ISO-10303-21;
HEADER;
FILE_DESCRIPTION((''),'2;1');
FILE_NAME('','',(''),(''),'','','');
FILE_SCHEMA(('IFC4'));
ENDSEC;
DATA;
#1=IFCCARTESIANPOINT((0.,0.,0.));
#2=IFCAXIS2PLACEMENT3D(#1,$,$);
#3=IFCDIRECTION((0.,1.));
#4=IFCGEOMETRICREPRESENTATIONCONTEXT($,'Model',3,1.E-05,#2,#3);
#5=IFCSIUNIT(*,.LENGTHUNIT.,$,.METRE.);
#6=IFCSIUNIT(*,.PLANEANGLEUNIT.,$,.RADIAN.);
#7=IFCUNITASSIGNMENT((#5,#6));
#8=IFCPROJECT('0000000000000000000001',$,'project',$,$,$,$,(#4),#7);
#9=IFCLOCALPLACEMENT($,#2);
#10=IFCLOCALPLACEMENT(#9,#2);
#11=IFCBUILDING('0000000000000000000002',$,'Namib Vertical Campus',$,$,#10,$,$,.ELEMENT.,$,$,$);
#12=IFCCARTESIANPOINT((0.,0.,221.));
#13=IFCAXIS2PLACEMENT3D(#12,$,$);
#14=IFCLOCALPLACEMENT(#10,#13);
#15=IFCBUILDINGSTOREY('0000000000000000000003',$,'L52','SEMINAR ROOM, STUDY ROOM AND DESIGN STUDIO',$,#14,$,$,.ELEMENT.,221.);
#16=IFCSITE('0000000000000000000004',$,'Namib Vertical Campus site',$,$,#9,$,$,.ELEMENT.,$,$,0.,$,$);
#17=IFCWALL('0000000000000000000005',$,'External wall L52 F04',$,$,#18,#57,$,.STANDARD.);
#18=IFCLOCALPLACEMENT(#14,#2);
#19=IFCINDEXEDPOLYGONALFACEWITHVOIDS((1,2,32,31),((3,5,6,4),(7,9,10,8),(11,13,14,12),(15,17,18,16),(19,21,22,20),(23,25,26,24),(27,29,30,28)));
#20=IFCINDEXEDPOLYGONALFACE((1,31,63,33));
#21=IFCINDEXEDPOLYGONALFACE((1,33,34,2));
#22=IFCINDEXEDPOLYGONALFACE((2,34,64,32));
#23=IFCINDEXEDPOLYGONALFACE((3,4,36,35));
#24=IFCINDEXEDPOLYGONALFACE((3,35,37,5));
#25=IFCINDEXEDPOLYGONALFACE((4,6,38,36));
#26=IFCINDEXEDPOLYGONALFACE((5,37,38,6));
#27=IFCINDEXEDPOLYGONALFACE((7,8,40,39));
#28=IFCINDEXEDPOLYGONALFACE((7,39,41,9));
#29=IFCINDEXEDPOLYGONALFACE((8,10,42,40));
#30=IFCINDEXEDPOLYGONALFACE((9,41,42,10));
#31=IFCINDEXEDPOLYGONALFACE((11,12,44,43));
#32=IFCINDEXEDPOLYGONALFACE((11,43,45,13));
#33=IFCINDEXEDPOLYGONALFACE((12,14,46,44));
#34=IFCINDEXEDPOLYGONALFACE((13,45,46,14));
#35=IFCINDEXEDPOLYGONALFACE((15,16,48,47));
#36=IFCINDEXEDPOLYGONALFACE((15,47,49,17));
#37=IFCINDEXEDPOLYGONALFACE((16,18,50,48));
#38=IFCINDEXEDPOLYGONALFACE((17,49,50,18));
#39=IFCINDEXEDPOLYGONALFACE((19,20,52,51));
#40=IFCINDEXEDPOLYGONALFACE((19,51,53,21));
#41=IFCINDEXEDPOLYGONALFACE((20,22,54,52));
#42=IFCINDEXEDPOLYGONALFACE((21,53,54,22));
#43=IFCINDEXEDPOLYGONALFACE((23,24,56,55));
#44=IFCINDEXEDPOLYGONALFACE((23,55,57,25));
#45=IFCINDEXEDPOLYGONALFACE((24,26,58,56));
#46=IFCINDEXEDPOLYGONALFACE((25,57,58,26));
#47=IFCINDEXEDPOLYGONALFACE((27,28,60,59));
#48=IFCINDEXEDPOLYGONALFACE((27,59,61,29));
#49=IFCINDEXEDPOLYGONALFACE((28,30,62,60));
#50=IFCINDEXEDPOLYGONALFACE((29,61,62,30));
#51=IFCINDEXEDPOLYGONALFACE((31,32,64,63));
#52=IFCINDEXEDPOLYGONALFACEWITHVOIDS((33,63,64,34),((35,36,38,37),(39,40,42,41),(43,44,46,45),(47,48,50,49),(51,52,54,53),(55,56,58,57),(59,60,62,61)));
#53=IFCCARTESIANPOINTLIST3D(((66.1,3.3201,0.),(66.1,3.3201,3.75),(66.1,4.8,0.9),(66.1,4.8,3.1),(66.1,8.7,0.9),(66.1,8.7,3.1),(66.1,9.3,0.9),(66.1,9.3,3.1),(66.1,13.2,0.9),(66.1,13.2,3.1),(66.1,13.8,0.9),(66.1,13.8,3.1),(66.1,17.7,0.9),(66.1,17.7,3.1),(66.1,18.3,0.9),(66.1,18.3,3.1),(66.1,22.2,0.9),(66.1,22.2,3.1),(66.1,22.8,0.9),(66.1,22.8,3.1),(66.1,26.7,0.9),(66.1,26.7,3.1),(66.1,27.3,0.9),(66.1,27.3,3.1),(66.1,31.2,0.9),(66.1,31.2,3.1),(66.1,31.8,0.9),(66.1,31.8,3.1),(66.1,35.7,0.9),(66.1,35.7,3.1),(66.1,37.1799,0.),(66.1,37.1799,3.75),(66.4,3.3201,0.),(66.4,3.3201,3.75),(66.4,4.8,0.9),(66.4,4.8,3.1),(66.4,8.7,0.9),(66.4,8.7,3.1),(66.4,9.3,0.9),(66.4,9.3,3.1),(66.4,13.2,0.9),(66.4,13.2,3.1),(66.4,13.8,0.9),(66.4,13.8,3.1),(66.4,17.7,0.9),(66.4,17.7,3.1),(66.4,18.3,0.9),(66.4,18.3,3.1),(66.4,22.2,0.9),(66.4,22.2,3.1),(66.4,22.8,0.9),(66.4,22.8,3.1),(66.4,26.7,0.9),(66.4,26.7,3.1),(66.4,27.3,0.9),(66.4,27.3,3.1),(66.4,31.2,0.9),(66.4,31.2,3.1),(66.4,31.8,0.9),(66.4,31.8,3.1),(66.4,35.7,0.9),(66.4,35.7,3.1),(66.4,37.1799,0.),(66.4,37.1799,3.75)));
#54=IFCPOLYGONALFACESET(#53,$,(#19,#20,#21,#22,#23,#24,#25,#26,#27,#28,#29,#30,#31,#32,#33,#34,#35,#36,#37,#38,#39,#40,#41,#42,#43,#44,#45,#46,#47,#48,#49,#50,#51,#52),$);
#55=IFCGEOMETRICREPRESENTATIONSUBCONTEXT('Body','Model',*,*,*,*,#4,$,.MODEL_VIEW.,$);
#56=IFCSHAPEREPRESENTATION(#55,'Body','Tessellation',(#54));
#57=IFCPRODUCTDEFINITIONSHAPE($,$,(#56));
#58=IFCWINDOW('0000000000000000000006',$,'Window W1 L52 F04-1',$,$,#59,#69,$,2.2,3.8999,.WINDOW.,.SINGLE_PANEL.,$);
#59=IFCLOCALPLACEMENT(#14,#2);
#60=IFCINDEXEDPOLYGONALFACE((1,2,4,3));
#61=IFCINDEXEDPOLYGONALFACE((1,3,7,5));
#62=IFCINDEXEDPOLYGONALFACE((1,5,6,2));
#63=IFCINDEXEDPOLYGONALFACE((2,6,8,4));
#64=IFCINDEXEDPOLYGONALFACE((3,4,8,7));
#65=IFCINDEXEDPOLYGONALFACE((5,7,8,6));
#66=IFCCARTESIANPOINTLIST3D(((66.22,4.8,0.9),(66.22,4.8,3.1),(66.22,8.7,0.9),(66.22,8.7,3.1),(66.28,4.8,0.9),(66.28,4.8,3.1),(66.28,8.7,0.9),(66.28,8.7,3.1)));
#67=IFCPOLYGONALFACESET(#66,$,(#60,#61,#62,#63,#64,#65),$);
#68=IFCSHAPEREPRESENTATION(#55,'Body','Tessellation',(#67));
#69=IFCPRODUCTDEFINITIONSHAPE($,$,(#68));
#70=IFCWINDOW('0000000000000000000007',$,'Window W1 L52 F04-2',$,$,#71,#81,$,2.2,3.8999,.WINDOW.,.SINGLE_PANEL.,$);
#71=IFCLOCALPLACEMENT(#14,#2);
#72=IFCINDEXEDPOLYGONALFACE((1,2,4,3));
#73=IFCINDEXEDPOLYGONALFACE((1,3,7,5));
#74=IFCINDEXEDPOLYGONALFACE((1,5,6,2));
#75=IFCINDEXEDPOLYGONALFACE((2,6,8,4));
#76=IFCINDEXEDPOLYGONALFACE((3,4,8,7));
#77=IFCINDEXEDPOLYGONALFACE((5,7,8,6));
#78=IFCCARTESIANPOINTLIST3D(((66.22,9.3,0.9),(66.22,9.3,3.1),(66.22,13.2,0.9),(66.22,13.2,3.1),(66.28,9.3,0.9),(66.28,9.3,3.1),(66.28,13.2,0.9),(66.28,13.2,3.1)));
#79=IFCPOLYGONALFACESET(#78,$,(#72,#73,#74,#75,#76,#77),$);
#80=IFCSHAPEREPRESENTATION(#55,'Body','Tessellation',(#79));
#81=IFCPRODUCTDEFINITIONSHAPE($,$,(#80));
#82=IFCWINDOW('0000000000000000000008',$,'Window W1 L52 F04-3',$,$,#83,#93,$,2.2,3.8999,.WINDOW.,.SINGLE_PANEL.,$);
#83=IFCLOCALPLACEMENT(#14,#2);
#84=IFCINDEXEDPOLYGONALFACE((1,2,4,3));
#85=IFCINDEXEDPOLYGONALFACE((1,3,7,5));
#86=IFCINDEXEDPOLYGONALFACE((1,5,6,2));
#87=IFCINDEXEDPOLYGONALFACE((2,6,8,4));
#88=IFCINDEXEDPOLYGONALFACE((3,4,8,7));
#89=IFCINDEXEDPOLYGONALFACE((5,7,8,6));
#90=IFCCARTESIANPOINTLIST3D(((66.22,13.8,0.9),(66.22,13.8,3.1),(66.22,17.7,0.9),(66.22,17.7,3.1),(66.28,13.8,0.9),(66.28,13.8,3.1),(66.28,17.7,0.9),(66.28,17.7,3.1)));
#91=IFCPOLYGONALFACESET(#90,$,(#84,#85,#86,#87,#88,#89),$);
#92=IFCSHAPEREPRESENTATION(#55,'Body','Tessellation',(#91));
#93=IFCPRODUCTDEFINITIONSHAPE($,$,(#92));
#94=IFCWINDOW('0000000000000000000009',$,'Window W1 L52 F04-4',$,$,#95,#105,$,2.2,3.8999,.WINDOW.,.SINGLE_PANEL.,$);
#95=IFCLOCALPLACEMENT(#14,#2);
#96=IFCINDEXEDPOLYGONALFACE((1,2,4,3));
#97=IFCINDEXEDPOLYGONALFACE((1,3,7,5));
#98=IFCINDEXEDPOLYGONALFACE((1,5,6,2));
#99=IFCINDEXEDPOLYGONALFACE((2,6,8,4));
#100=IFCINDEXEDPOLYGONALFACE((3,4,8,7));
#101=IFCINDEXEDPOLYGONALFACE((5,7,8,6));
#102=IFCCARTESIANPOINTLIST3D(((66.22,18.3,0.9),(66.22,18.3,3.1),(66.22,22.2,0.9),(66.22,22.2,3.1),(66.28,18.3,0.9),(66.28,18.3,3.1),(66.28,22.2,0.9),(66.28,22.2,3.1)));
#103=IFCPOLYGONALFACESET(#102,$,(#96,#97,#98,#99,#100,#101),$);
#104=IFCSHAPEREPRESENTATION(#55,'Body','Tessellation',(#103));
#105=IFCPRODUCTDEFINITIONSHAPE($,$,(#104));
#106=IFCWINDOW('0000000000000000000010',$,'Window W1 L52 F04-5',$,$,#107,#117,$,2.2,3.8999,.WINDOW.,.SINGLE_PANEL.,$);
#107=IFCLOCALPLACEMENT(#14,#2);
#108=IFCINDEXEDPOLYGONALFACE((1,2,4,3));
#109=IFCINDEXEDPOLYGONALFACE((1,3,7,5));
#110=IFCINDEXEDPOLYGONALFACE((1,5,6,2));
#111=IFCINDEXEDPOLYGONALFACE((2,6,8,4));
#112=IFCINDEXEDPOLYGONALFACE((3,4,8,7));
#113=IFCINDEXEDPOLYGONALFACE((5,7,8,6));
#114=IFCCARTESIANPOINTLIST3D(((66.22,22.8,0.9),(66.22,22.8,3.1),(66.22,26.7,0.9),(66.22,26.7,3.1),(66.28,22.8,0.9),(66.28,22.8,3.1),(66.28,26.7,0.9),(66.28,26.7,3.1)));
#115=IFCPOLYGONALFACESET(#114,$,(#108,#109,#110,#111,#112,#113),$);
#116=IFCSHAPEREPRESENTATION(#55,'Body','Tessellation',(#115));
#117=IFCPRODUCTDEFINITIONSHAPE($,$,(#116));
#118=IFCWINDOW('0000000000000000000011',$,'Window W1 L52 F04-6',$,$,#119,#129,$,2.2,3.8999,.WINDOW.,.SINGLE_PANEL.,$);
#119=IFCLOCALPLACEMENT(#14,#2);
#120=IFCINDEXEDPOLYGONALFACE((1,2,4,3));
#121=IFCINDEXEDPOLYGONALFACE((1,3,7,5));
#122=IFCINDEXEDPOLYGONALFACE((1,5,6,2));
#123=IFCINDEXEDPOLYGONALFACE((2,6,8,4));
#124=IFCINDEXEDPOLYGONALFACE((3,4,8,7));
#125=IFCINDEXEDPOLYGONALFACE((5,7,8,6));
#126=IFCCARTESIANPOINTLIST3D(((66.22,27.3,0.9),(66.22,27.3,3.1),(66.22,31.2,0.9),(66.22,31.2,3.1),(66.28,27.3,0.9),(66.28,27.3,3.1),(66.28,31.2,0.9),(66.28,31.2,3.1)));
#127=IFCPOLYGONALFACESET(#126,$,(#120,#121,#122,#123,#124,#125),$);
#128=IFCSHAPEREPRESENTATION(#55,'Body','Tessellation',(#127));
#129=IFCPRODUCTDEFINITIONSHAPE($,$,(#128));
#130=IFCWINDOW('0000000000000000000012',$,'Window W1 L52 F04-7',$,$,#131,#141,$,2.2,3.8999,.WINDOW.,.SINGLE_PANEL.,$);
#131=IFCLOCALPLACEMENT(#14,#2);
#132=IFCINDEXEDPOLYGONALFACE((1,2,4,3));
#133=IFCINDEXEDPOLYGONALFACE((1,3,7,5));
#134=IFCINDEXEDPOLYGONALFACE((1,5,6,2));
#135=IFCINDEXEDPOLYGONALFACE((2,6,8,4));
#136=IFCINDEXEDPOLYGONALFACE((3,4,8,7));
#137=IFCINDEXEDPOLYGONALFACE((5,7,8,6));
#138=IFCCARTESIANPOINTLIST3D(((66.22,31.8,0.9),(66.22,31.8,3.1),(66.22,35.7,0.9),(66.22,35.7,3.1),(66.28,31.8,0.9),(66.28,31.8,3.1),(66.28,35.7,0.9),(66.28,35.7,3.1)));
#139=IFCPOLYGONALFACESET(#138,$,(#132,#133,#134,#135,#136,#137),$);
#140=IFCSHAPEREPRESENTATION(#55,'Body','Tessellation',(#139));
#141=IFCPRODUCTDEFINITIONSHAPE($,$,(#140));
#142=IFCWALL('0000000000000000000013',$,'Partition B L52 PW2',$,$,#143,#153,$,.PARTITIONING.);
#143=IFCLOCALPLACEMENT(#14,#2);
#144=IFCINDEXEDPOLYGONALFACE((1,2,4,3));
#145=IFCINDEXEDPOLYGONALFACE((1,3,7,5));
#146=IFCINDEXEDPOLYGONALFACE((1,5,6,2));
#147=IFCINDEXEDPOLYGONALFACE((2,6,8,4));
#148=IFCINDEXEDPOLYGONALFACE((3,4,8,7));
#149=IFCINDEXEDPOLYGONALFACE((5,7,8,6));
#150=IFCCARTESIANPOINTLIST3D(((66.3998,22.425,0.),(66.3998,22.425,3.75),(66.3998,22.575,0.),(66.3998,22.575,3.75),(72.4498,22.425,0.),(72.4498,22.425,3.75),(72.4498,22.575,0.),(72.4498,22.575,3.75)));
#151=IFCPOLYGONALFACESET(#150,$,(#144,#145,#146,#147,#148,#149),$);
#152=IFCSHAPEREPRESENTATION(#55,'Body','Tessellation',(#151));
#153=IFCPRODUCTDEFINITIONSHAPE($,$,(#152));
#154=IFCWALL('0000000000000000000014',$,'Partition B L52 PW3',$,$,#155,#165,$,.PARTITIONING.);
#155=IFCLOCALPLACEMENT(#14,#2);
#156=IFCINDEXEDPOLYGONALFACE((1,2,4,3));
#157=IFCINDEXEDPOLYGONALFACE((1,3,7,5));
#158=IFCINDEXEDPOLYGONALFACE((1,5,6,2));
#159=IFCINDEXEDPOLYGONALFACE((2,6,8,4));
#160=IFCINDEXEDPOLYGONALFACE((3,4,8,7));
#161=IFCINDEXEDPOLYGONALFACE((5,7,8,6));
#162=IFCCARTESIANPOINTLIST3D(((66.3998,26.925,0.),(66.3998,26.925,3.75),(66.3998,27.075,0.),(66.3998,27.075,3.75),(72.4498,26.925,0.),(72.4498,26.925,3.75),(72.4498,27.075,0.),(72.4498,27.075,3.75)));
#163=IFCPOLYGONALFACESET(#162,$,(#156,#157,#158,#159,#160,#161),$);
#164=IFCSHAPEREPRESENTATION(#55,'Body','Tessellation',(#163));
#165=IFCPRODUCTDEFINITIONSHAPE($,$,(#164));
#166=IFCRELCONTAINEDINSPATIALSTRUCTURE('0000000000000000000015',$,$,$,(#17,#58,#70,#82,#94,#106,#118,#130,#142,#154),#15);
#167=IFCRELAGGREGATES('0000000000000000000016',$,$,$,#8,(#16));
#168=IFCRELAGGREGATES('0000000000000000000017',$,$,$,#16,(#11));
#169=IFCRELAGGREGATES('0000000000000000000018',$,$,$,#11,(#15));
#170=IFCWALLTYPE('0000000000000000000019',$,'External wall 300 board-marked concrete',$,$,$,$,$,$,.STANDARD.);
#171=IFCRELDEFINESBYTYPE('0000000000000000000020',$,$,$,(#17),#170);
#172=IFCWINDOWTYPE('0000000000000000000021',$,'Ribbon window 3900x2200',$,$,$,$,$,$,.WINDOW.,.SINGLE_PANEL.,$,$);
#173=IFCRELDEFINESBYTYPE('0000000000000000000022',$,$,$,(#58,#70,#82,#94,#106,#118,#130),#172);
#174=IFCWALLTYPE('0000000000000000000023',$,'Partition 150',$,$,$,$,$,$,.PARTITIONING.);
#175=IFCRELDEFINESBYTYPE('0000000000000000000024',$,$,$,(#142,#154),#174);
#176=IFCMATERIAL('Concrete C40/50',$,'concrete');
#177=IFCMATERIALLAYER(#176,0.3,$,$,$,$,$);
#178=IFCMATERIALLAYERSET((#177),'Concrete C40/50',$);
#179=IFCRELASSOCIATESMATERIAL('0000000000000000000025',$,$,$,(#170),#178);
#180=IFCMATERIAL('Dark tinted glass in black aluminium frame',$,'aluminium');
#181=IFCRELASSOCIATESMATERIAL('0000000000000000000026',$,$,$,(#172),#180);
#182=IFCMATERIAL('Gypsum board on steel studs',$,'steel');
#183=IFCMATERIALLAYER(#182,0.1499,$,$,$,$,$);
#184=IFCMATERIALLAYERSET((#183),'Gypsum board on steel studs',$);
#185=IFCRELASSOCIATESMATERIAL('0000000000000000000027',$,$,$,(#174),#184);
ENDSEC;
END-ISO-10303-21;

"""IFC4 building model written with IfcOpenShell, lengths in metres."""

from ifc_helpers import new_model, si_unit, direction, frame, frame_2d, origin, place, context, subcontext, project, spatial, rectangle, extrude, material, layer, layer_set, type_object, element, fill, save


model = new_model("IFC4")

# Units and contexts
model_context = context("Model", 3, precision=1e-05, world=origin(), true_north=direction((0.0, 1.0)))
body_context = subcontext(model_context, "Body", "Model", "MODEL_VIEW")
ifc_project = project(units=[si_unit("LENGTHUNIT", "METRE"), si_unit("PLANEANGLEUNIT", "RADIAN")], contexts=[model_context])

# Site, building, storey
site_placement = place(None, origin())
site = spatial("IfcSite", under=ifc_project, at=site_placement, Name="Namib Vertical Campus site", CompositionType="ELEMENT", RefElevation=0.0)
building_placement = place(site_placement, origin())
building = spatial("IfcBuilding", under=site, at=building_placement, Name="Namib Vertical Campus", CompositionType="ELEMENT")
storey_placement = place(building_placement, frame((0.0, 0.0, 221.0)))
storey = spatial("IfcBuildingStorey", under=building, at=storey_placement, Name="L52", Description="SEMINAR ROOM, STUDY ROOM AND DESIGN STUDIO", CompositionType="ELEMENT", Elevation=221.0)

# Shared definitions
ifc_material_1 = material(Name="Concrete C40/50", Category="concrete")
ifc_layer_1 = layer(ifc_material_1, 0.3)
ifc_layer_set_1 = layer_set([ifc_layer_1], Name="Concrete C40/50")
wall_type_1 = type_object("IfcWallType", Name="External wall 300 board-marked concrete", PredefinedType="STANDARD", material=ifc_layer_set_1)

# Wall, openings, windows
wall_1_placement = place(storey_placement, frame((66.25, 37.1799, 0.0), z_axis=(0.0, 0.0, 1.0), x_axis=(0.0, -1.0, 0.0)))
wall_1 = element("IfcWall", 1, at=wall_1_placement, inside=storey, type_object=wall_type_1, Name="External wall L52 F04", PredefinedType="STANDARD", context=body_context, shape_type="SweptSolid", body=[
    extrude(rectangle(XDim=33.8599, YDim=0.3, at=frame_2d((16.9299, 0.0))), origin(), (0.0, 0.0, 1.0), 3.75),
])
opening_1_placement = place(wall_1_placement, frame((28.48, 0.0, 0.8999)))
opening_1 = element("IfcOpeningElement", 2, at=opening_1_placement, cuts=wall_1, PredefinedType="OPENING", context=body_context, shape_type="SweptSolid", body=[
    extrude(rectangle(XDim=3.8999, YDim=2.2, at=frame_2d((1.95, 1.1001))), frame((0.0, 0.1599, 0.0), z_axis=(0.0, -1.0, 0.0), x_axis=(1.0, 0.0, 0.0)), (0.0, 0.0, 1.0), 0.3201),
])
opening_2_placement = place(wall_1_placement, frame((23.98, 0.0, 0.8999)))
opening_2 = element("IfcOpeningElement", 3, at=opening_2_placement, cuts=wall_1, PredefinedType="OPENING", context=body_context, shape_type="SweptSolid", body=[
    extrude(rectangle(XDim=3.8999, YDim=2.2, at=frame_2d((1.95, 1.1001))), frame((0.0, 0.1599, 0.0), z_axis=(0.0, -1.0, 0.0), x_axis=(1.0, 0.0, 0.0)), (0.0, 0.0, 1.0), 0.3201),
])
opening_3_placement = place(wall_1_placement, frame((19.48, 0.0, 0.8999)))
opening_3 = element("IfcOpeningElement", 4, at=opening_3_placement, cuts=wall_1, PredefinedType="OPENING", context=body_context, shape_type="SweptSolid", body=[
    extrude(rectangle(XDim=3.8999, YDim=2.2, at=frame_2d((1.95, 1.1001))), frame((0.0, 0.1599, 0.0), z_axis=(0.0, -1.0, 0.0), x_axis=(1.0, 0.0, 0.0)), (0.0, 0.0, 1.0), 0.3201),
])
opening_4_placement = place(wall_1_placement, frame((14.98, 0.0, 0.8999)))
opening_4 = element("IfcOpeningElement", 5, at=opening_4_placement, cuts=wall_1, PredefinedType="OPENING", context=body_context, shape_type="SweptSolid", body=[
    extrude(rectangle(XDim=3.8999, YDim=2.2, at=frame_2d((1.95, 1.1001))), frame((0.0, 0.1599, 0.0), z_axis=(0.0, -1.0, 0.0), x_axis=(1.0, 0.0, 0.0)), (0.0, 0.0, 1.0), 0.3201),
])
opening_5_placement = place(wall_1_placement, frame((10.48, 0.0, 0.8999)))
opening_5 = element("IfcOpeningElement", 6, at=opening_5_placement, cuts=wall_1, PredefinedType="OPENING", context=body_context, shape_type="SweptSolid", body=[
    extrude(rectangle(XDim=3.8999, YDim=2.2, at=frame_2d((1.95, 1.1001))), frame((0.0, 0.1599, 0.0), z_axis=(0.0, -1.0, 0.0), x_axis=(1.0, 0.0, 0.0)), (0.0, 0.0, 1.0), 0.3201),
])
opening_6_placement = place(wall_1_placement, frame((5.98, 0.0, 0.8999)))
opening_6 = element("IfcOpeningElement", 7, at=opening_6_placement, cuts=wall_1, PredefinedType="OPENING", context=body_context, shape_type="SweptSolid", body=[
    extrude(rectangle(XDim=3.8999, YDim=2.2, at=frame_2d((1.95, 1.1001))), frame((0.0, 0.1599, 0.0), z_axis=(0.0, -1.0, 0.0), x_axis=(1.0, 0.0, 0.0)), (0.0, 0.0, 1.0), 0.3201),
])
opening_7_placement = place(wall_1_placement, frame((1.48, 0.0, 0.8999)))
opening_7 = element("IfcOpeningElement", 8, at=opening_7_placement, cuts=wall_1, PredefinedType="OPENING", context=body_context, shape_type="SweptSolid", body=[
    extrude(rectangle(XDim=3.8999, YDim=2.2, at=frame_2d((1.95, 1.1001))), frame((0.0, 0.1599, 0.0), z_axis=(0.0, -1.0, 0.0), x_axis=(1.0, 0.0, 0.0)), (0.0, 0.0, 1.0), 0.3201),
])
ifc_material_2 = material(Name="Dark tinted glass in black aluminium frame", Category="aluminium")
window_type = type_object("IfcWindowType", Name="Ribbon window 3900x2200", PartitioningType="SINGLE_PANEL", PredefinedType="WINDOW", material=ifc_material_2)
window_1_placement = place(opening_1_placement, origin())
window_1 = element("IfcWindow", 9, at=window_1_placement, inside=storey, type_object=window_type, Name="Window W1 L52 F04-1", OverallHeight=2.2, OverallWidth=3.8999, PartitioningType="SINGLE_PANEL", PredefinedType="WINDOW", context=body_context, shape_type="SweptSolid", body=[
    extrude(rectangle(XDim=3.8999, YDim=2.2, at=frame_2d((1.95, 1.1001))), frame((0.0, 0.03, 0.0), z_axis=(0.0, -1.0, 0.0), x_axis=(1.0, 0.0, 0.0)), (0.0, 0.0, 1.0), 0.0601),
])
fill(opening_1, window_1)
window_2_placement = place(opening_2_placement, origin())
window_2 = element("IfcWindow", 10, at=window_2_placement, inside=storey, type_object=window_type, Name="Window W1 L52 F04-2", OverallHeight=2.2, OverallWidth=3.8999, PartitioningType="SINGLE_PANEL", PredefinedType="WINDOW", context=body_context, shape_type="SweptSolid", body=[
    extrude(rectangle(XDim=3.8999, YDim=2.2, at=frame_2d((1.95, 1.1001))), frame((0.0, 0.03, 0.0), z_axis=(0.0, -1.0, 0.0), x_axis=(1.0, 0.0, 0.0)), (0.0, 0.0, 1.0), 0.0601),
])
fill(opening_2, window_2)
window_3_placement = place(opening_3_placement, origin())
window_3 = element("IfcWindow", 11, at=window_3_placement, inside=storey, type_object=window_type, Name="Window W1 L52 F04-3", OverallHeight=2.2, OverallWidth=3.8999, PartitioningType="SINGLE_PANEL", PredefinedType="WINDOW", context=body_context, shape_type="SweptSolid", body=[
    extrude(rectangle(XDim=3.8999, YDim=2.2, at=frame_2d((1.95, 1.1001))), frame((0.0, 0.03, 0.0), z_axis=(0.0, -1.0, 0.0), x_axis=(1.0, 0.0, 0.0)), (0.0, 0.0, 1.0), 0.0601),
])
fill(opening_3, window_3)
window_4_placement = place(opening_4_placement, origin())
window_4 = element("IfcWindow", 12, at=window_4_placement, inside=storey, type_object=window_type, Name="Window W1 L52 F04-4", OverallHeight=2.2, OverallWidth=3.8999, PartitioningType="SINGLE_PANEL", PredefinedType="WINDOW", context=body_context, shape_type="SweptSolid", body=[
    extrude(rectangle(XDim=3.8999, YDim=2.2, at=frame_2d((1.95, 1.1001))), frame((0.0, 0.03, 0.0), z_axis=(0.0, -1.0, 0.0), x_axis=(1.0, 0.0, 0.0)), (0.0, 0.0, 1.0), 0.0601),
])
fill(opening_4, window_4)
window_5_placement = place(opening_5_placement, origin())
window_5 = element("IfcWindow", 13, at=window_5_placement, inside=storey, type_object=window_type, Name="Window W1 L52 F04-5", OverallHeight=2.2, OverallWidth=3.8999, PartitioningType="SINGLE_PANEL", PredefinedType="WINDOW", context=body_context, shape_type="SweptSolid", body=[
    extrude(rectangle(XDim=3.8999, YDim=2.2, at=frame_2d((1.95, 1.1001))), frame((0.0, 0.03, 0.0), z_axis=(0.0, -1.0, 0.0), x_axis=(1.0, 0.0, 0.0)), (0.0, 0.0, 1.0), 0.0601),
])
fill(opening_5, window_5)
window_6_placement = place(opening_6_placement, origin())
window_6 = element("IfcWindow", 14, at=window_6_placement, inside=storey, type_object=window_type, Name="Window W1 L52 F04-6", OverallHeight=2.2, OverallWidth=3.8999, PartitioningType="SINGLE_PANEL", PredefinedType="WINDOW", context=body_context, shape_type="SweptSolid", body=[
    extrude(rectangle(XDim=3.8999, YDim=2.2, at=frame_2d((1.95, 1.1001))), frame((0.0, 0.03, 0.0), z_axis=(0.0, -1.0, 0.0), x_axis=(1.0, 0.0, 0.0)), (0.0, 0.0, 1.0), 0.0601),
])
fill(opening_6, window_6)
window_7_placement = place(opening_7_placement, origin())
window_7 = element("IfcWindow", 15, at=window_7_placement, inside=storey, type_object=window_type, Name="Window W1 L52 F04-7", OverallHeight=2.2, OverallWidth=3.8999, PartitioningType="SINGLE_PANEL", PredefinedType="WINDOW", context=body_context, shape_type="SweptSolid", body=[
    extrude(rectangle(XDim=3.8999, YDim=2.2, at=frame_2d((1.95, 1.1001))), frame((0.0, 0.03, 0.0), z_axis=(0.0, -1.0, 0.0), x_axis=(1.0, 0.0, 0.0)), (0.0, 0.0, 1.0), 0.0601),
])
fill(opening_7, window_7)

# Walls
ifc_material_3 = material(Name="Gypsum board on steel studs", Category="steel")
ifc_layer_2 = layer(ifc_material_3, 0.1499)
ifc_layer_set_2 = layer_set([ifc_layer_2], Name="Gypsum board on steel studs")
wall_type_2 = type_object("IfcWallType", Name="Partition 150", PredefinedType="PARTITIONING", material=ifc_layer_set_2)
for number, where, z_axis, x_axis, name in (
    (16, (66.3999, 22.5, 0.0), (0.0, 0.0, 1.0), (1.0, 0.0, 0.0), "Partition B L52 PW2"),
    (17, (66.3999, 27.0, 0.0), (0.0, 0.0, 1.0), (1.0, 0.0, 0.0), "Partition B L52 PW3"),
):
    element("IfcWall", number, at=place(storey_placement, frame(where, z_axis=z_axis, x_axis=x_axis)), inside=storey, type_object=wall_type_2, Name=name, PredefinedType="PARTITIONING", context=body_context, shape_type="SweptSolid", body=[
        extrude(rectangle(XDim=6.05, YDim=0.1499, at=frame_2d((3.0249, 0.0))), origin(), (0.0, 0.0, 1.0), 3.75),
    ])

save(model, "model.ifc")
